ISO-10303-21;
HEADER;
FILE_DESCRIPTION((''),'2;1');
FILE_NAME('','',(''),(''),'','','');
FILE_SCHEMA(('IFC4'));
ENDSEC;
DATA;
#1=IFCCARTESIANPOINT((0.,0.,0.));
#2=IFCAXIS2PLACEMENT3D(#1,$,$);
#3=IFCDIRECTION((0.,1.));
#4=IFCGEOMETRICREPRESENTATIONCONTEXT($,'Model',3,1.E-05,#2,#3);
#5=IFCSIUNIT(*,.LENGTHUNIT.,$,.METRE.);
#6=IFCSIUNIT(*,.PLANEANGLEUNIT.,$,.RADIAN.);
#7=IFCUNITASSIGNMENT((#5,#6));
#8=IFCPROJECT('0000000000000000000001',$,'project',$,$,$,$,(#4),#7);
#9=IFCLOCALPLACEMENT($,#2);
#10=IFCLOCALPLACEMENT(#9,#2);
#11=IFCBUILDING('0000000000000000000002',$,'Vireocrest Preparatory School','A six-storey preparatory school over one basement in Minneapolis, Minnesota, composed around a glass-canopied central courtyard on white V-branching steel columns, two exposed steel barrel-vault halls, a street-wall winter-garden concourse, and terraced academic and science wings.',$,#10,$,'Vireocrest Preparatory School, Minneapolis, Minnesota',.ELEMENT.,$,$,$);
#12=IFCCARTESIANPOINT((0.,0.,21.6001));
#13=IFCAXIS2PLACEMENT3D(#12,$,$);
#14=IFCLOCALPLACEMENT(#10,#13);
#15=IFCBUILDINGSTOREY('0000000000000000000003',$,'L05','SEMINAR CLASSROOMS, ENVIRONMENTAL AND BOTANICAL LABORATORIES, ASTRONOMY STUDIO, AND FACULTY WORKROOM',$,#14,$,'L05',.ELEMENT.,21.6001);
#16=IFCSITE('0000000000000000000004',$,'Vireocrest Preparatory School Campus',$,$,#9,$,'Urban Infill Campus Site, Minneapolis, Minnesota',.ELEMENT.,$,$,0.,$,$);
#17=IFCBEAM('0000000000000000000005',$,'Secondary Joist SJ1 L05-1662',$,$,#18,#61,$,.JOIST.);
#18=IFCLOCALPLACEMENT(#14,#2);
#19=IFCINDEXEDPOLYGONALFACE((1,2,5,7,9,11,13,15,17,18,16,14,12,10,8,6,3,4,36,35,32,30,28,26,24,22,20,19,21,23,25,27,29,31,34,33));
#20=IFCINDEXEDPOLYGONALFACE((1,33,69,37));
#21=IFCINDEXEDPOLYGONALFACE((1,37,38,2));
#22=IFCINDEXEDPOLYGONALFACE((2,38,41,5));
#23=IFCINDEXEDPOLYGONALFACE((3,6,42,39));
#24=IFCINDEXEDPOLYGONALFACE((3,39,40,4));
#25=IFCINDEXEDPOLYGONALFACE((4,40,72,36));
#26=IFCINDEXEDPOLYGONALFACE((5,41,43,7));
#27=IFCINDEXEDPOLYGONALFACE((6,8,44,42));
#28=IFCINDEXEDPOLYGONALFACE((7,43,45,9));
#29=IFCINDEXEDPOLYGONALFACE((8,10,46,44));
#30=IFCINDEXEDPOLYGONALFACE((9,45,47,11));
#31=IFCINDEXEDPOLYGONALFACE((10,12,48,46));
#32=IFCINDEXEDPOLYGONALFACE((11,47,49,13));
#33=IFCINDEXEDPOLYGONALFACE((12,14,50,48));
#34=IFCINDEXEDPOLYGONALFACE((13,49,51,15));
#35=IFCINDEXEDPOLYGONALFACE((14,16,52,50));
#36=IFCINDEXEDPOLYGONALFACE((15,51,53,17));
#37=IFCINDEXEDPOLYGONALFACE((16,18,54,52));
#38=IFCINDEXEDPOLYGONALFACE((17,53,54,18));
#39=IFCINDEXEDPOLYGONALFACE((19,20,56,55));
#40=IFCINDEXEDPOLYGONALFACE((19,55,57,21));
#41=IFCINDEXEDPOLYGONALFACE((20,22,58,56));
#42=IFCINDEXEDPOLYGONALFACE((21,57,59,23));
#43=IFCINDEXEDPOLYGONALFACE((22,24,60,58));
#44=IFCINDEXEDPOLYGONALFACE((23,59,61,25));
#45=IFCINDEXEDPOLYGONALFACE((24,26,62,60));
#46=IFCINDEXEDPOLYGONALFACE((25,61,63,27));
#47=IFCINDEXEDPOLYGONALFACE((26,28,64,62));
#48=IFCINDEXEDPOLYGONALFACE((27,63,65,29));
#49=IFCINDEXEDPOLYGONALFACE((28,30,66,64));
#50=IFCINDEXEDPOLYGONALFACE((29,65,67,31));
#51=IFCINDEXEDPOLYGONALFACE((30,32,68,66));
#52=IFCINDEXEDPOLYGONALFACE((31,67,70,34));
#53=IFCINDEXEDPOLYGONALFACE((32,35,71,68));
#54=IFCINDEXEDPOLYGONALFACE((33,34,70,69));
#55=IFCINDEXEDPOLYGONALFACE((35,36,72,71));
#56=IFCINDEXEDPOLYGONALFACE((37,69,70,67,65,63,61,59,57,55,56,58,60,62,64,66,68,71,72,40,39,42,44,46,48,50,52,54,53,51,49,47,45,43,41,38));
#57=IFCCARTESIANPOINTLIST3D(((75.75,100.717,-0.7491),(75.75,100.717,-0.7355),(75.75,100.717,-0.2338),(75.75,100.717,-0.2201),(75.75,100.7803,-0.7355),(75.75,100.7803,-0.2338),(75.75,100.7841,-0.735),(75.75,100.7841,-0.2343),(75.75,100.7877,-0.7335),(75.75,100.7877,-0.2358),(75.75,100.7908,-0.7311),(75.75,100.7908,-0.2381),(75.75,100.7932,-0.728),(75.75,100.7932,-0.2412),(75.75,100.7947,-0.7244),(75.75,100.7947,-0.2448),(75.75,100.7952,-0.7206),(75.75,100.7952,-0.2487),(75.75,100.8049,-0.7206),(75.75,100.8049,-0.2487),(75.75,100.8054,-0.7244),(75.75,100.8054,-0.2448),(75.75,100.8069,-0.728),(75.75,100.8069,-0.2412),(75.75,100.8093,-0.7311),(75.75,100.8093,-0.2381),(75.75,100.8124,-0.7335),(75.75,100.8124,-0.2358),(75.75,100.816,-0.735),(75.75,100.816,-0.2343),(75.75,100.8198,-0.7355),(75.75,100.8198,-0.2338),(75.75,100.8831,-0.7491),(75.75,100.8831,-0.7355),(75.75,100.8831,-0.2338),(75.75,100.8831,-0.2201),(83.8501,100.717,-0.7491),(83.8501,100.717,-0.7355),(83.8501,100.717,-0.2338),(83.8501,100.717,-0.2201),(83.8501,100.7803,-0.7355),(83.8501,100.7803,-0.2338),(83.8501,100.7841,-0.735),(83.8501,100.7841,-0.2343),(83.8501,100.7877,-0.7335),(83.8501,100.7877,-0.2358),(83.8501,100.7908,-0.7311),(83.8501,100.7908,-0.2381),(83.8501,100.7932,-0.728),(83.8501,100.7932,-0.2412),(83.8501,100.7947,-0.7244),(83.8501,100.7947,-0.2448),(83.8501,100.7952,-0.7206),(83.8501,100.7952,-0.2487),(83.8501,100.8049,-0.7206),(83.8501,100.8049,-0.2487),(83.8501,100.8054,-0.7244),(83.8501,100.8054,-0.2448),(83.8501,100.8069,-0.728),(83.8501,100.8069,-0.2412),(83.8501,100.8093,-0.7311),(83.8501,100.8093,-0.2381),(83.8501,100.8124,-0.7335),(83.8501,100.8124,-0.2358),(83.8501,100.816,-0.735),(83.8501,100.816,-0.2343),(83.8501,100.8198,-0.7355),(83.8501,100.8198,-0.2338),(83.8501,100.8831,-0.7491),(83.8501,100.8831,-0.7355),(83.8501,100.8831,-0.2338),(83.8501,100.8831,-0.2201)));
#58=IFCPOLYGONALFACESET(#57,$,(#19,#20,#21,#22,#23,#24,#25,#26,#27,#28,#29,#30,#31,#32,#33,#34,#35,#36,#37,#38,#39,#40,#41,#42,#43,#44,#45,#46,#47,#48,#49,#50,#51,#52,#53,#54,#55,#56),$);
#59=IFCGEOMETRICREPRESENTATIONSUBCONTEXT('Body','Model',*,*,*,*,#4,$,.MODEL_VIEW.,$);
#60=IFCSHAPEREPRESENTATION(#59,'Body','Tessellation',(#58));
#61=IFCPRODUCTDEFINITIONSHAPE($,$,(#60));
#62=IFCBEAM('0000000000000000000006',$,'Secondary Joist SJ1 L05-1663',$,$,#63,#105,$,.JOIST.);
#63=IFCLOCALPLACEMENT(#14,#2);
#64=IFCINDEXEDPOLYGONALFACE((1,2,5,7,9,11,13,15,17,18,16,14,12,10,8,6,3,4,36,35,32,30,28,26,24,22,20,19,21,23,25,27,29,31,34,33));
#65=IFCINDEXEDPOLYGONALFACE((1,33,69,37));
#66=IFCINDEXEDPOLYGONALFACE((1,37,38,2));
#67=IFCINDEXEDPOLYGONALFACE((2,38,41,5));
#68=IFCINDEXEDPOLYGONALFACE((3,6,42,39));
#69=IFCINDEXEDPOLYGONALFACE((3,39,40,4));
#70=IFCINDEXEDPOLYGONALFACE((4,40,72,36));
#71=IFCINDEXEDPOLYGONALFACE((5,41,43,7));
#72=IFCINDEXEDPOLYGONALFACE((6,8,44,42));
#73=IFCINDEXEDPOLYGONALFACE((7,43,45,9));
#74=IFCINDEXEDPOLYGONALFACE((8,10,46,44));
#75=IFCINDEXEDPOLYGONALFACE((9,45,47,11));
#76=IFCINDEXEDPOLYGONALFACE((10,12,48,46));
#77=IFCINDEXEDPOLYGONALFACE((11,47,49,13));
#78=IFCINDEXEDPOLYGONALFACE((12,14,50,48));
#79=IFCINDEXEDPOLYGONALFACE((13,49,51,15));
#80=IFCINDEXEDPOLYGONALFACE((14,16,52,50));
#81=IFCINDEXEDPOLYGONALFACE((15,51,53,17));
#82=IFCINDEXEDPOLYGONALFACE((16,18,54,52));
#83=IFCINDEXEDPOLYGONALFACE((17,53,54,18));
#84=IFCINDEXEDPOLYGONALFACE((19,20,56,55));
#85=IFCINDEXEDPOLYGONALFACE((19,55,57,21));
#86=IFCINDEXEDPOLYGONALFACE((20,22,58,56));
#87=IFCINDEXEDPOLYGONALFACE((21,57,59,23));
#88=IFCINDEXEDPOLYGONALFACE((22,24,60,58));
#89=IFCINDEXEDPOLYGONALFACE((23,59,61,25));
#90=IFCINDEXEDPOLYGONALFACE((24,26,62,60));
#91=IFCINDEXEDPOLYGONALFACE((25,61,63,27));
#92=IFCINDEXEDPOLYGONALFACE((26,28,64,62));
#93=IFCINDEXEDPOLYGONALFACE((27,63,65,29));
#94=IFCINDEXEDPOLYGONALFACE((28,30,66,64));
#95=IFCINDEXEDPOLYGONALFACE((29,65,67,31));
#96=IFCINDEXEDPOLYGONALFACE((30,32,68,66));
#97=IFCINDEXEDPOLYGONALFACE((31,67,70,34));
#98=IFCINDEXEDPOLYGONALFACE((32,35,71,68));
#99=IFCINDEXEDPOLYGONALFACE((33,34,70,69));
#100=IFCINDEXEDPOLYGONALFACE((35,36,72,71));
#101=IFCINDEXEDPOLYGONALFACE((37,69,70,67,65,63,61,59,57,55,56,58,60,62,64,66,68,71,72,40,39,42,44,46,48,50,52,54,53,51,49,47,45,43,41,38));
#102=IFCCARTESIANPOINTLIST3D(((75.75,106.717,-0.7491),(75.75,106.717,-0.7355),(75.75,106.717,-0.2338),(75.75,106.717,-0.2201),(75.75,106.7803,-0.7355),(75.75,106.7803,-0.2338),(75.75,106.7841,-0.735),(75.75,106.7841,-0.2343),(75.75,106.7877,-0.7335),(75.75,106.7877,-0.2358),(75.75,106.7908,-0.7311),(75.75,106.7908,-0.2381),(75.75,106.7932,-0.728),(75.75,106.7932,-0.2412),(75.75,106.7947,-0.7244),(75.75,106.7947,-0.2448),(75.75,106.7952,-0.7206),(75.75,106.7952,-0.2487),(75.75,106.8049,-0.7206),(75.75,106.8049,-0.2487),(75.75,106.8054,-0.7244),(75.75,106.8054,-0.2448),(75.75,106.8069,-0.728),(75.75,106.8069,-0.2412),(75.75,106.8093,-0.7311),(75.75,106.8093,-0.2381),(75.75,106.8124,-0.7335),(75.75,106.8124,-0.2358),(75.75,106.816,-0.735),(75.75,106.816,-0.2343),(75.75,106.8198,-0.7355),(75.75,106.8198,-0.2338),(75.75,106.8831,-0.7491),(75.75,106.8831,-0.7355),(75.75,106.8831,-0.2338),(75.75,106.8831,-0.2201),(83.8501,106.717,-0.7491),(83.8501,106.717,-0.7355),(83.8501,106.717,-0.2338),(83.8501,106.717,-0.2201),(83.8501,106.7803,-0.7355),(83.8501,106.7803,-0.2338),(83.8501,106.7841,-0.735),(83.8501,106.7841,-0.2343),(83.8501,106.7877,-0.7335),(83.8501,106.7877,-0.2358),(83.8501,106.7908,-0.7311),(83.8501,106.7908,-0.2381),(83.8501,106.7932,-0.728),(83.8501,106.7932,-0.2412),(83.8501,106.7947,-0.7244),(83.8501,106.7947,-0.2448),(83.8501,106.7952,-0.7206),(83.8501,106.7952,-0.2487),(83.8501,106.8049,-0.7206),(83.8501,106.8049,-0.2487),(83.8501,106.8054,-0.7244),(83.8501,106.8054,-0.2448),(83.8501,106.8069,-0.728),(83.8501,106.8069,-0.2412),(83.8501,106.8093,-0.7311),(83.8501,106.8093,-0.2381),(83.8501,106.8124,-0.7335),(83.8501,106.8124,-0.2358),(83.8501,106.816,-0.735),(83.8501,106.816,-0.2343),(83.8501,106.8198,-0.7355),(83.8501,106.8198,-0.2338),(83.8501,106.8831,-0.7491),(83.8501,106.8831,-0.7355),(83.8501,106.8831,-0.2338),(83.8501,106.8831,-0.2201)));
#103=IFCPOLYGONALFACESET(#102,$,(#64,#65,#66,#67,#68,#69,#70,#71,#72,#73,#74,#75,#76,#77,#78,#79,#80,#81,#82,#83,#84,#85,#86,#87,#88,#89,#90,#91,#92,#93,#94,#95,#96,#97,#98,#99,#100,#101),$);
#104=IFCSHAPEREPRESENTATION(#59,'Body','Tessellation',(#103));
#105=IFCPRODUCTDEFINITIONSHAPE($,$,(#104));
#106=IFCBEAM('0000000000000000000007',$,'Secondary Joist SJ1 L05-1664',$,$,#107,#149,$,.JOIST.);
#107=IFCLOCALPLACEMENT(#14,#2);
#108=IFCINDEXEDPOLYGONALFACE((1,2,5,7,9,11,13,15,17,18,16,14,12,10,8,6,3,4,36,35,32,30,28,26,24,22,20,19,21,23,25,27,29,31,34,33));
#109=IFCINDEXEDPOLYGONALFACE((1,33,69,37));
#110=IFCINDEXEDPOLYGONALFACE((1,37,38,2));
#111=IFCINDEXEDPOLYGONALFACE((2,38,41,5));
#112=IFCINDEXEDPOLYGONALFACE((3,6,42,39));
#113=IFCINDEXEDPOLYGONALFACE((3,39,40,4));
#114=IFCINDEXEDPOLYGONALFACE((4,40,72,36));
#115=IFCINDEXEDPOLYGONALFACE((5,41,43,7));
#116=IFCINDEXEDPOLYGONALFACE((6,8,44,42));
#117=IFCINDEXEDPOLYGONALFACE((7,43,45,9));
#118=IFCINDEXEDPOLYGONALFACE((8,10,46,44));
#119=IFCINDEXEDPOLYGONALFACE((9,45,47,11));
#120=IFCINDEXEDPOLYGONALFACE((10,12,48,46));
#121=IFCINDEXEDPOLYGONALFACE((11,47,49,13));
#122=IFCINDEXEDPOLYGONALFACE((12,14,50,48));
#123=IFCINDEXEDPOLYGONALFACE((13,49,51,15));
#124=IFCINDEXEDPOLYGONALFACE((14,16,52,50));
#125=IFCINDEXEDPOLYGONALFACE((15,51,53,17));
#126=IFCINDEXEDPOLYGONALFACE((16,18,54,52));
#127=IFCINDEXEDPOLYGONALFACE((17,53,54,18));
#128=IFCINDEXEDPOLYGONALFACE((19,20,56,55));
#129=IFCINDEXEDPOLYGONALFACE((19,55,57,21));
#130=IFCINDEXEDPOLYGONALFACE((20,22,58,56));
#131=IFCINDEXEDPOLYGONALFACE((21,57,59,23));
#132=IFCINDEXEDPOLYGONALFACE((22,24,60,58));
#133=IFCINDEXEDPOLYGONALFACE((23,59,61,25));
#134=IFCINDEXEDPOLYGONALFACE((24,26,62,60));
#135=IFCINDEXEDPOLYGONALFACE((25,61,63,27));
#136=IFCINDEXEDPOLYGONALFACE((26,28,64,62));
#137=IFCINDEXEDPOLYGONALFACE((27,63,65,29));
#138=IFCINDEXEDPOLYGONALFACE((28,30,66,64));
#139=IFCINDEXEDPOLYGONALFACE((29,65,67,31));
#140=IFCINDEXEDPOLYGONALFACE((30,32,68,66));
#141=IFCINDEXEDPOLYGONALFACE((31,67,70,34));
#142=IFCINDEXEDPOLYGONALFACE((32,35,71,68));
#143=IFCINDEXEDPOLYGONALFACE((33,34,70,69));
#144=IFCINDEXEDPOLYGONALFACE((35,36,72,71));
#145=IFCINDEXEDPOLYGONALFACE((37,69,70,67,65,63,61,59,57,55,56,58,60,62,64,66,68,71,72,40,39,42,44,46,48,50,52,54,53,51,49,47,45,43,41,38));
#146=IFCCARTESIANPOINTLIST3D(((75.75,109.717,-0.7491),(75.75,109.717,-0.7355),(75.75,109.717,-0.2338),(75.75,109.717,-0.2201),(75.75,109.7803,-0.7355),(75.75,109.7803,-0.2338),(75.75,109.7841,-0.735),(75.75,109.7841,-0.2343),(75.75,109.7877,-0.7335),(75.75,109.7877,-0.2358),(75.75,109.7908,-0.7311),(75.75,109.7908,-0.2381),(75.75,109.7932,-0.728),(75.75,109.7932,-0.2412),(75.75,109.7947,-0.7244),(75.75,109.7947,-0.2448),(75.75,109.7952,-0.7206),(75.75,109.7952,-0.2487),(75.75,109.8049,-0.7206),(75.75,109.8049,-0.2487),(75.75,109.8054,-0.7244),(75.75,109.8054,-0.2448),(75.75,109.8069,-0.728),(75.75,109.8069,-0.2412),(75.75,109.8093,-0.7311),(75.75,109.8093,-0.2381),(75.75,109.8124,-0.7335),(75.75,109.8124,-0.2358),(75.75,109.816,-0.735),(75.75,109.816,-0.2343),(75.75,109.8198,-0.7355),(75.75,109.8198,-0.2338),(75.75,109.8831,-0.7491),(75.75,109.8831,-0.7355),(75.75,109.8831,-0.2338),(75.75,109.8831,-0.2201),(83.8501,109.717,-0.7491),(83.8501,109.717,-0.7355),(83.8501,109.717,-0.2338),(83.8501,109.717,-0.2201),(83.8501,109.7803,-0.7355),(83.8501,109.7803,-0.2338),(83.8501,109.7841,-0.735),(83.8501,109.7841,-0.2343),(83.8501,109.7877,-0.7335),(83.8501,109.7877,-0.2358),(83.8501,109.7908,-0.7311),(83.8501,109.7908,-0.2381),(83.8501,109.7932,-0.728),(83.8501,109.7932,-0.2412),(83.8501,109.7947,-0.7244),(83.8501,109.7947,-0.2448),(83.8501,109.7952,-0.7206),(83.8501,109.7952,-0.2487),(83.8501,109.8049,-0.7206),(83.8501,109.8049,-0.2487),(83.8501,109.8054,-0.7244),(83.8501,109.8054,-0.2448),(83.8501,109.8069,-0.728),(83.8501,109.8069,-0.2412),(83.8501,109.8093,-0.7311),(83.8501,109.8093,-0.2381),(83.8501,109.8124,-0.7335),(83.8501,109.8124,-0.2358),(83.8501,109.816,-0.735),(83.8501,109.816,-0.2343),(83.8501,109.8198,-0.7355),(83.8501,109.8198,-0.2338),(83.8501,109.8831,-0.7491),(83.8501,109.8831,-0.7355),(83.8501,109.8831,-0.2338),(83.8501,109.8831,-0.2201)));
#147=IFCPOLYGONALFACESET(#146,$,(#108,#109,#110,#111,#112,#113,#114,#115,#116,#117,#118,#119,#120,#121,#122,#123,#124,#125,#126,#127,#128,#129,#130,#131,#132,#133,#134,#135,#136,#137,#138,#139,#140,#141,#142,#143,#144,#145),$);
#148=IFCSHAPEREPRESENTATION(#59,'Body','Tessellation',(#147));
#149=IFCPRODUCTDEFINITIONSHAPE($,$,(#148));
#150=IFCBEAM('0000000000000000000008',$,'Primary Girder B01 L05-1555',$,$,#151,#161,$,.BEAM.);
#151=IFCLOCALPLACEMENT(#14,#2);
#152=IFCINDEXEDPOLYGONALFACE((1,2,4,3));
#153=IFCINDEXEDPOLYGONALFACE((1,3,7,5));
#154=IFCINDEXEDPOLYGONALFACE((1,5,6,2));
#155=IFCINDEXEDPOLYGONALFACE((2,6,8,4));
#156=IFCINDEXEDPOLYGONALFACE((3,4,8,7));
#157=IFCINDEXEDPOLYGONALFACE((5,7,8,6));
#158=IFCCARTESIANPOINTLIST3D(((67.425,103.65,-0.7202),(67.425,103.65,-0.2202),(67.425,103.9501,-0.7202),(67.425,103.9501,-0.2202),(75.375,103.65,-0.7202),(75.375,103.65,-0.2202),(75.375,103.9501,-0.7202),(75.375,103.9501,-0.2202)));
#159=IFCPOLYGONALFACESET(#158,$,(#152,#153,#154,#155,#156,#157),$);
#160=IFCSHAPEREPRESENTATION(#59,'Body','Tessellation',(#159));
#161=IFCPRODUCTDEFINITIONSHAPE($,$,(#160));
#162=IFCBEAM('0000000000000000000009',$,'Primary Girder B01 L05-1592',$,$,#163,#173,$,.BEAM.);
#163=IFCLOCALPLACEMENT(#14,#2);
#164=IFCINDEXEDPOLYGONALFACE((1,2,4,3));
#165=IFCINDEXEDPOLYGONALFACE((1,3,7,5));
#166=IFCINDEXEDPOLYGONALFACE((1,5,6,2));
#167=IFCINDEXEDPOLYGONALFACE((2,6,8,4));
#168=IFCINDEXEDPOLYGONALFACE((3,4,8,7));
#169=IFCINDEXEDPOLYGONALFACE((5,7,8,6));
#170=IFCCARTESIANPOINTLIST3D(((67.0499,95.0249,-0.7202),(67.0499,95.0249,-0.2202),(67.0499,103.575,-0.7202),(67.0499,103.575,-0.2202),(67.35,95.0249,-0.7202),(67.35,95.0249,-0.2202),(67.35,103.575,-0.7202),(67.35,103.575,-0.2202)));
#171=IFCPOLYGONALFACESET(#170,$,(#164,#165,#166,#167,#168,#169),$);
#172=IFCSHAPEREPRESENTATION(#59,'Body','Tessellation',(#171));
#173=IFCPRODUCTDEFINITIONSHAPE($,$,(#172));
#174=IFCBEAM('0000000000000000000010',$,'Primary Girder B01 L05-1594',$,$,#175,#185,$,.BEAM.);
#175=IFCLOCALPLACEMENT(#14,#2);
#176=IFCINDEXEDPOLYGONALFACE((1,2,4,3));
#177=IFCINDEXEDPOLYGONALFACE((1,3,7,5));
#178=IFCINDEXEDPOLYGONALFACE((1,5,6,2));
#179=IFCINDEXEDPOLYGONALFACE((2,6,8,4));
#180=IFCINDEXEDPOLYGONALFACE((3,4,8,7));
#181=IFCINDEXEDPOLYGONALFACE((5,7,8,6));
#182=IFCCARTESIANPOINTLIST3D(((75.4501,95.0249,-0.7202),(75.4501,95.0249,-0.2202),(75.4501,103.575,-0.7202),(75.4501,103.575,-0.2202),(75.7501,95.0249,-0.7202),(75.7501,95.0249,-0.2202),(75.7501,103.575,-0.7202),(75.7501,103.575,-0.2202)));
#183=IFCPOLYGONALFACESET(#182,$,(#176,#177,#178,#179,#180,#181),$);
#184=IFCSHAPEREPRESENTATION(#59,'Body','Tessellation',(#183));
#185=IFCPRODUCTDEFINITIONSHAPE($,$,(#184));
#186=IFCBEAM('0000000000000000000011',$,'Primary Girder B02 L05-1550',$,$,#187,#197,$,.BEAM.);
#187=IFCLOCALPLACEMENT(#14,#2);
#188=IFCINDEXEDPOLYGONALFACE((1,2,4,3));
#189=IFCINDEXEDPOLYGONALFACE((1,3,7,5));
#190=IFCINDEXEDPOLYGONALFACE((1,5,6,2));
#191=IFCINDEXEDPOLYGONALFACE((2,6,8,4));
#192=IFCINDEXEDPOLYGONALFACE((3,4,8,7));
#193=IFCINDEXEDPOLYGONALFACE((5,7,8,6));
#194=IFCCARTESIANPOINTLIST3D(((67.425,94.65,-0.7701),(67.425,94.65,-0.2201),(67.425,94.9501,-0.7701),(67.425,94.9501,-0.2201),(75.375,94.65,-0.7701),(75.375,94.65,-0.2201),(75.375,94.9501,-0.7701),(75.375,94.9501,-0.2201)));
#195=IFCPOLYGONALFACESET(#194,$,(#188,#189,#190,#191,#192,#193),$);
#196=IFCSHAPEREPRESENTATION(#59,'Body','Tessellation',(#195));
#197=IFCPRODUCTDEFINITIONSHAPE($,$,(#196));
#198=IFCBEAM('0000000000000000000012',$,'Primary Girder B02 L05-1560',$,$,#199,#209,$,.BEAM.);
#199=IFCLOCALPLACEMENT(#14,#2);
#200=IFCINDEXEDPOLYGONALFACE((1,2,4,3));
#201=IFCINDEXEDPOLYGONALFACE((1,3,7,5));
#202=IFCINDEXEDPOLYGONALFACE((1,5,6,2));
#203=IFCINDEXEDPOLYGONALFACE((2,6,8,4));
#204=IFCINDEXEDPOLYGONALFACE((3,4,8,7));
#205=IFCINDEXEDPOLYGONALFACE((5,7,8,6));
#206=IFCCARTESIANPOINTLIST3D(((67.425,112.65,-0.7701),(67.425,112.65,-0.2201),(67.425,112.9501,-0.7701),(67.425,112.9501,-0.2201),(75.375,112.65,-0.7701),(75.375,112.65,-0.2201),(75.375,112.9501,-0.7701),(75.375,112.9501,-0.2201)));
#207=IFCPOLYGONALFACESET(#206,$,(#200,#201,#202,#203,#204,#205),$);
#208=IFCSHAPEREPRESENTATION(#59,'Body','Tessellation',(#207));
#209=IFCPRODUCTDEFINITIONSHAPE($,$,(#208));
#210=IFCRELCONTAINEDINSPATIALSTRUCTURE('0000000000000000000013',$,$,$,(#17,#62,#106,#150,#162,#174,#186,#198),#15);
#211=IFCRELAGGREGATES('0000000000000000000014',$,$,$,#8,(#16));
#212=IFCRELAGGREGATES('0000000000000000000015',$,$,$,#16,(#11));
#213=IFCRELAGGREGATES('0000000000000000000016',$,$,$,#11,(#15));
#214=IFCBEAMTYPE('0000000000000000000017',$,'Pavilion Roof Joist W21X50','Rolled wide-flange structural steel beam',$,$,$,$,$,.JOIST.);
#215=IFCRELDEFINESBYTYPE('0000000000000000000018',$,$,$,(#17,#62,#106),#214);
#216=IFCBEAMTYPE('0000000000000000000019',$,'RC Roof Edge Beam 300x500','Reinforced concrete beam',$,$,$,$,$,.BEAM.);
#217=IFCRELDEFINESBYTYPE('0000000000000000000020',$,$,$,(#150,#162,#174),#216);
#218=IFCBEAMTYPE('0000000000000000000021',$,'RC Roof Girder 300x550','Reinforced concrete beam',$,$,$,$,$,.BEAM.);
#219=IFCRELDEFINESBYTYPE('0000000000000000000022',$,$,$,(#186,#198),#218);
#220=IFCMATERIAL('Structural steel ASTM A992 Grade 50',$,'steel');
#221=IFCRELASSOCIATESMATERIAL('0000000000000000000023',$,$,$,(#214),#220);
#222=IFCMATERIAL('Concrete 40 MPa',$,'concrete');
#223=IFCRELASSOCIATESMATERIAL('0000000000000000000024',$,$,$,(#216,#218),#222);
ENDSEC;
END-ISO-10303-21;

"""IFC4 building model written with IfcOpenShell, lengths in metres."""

from ifc_helpers import new_model, si_unit, direction, frame, origin, origin_2d, place, context, subcontext, project, spatial, rectangle, i_section, extrude, material, material_profile, profile_set, type_object, element, save


model = new_model("IFC4")

# Units and contexts
model_context = context("Model", 3, precision=1e-05, world=origin(), true_north=direction((0.0, 1.0)))
body_context = subcontext(model_context, "Body", "Model", "MODEL_VIEW")
ifc_project = project(units=[si_unit("LENGTHUNIT", "METRE"), si_unit("PLANEANGLEUNIT", "RADIAN")], contexts=[model_context])

# Site, building, storey
site_placement = place(None, origin())
site = spatial("IfcSite", under=ifc_project, at=site_placement, Name="Vireocrest Preparatory School Campus", LongName="Urban Infill Campus Site, Minneapolis, Minnesota", CompositionType="ELEMENT", RefElevation=0.0)
building_placement = place(site_placement, origin())
building = spatial("IfcBuilding", under=site, at=building_placement, Name="Vireocrest Preparatory School", Description="A six-storey preparatory school over one basement in Minneapolis, Minnesota, composed around a glass-canopied central courtyard on white V-branching steel columns, two exposed steel barrel-vault halls, a street-wall winter-garden concourse, and terraced academic and science wings.", LongName="Vireocrest Preparatory School, Minneapolis, Minnesota", CompositionType="ELEMENT")
storey_placement = place(building_placement, frame((0.0, 0.0, 21.6001)))
storey = spatial("IfcBuildingStorey", under=building, at=storey_placement, Name="L05", Description="SEMINAR CLASSROOMS, ENVIRONMENTAL AND BOTANICAL LABORATORIES, ASTRONOMY STUDIO, AND FACULTY WORKROOM", LongName="L05", CompositionType="ELEMENT", Elevation=21.6001)

# Beams
ifc_material_1 = material(Name="Structural steel ASTM A992 Grade 50", Category="steel")
ifc_material_profile_1 = material_profile(ifc_material_1, i_section(OverallWidth=0.166, OverallDepth=0.5291, WebThickness=0.0098, FlangeThickness=0.0137, FilletRadius=0.0149, at=origin_2d()), Name="W21X50")
ifc_profile_set_1 = profile_set([ifc_material_profile_1], Name="Structural steel ASTM A992 Grade 50")
beam_type_1 = type_object("IfcBeamType", Name="Pavilion Roof Joist W21X50", Description="Rolled wide-flange structural steel beam", PredefinedType="JOIST", material=ifc_profile_set_1)
for number, where, z_axis, x_axis, name in (
    (1, (75.75, 100.8, -0.4846), (1.0, 0.0, 0.0), (0.0, 1.0, 0.0), "Secondary Joist SJ1 L05-1662"),
    (2, (75.75, 106.8, -0.4846), (1.0, 0.0, 0.0), (0.0, 1.0, 0.0), "Secondary Joist SJ1 L05-1663"),
    (3, (75.75, 109.8, -0.4846), (1.0, 0.0, 0.0), (0.0, 1.0, 0.0), "Secondary Joist SJ1 L05-1664"),
):
    element("IfcBeam", number, at=place(storey_placement, frame(where, z_axis=z_axis, x_axis=x_axis)), inside=storey, type_object=beam_type_1, Name=name, PredefinedType="JOIST", context=body_context, shape_type="SweptSolid", body=[
        extrude(i_section(OverallWidth=0.166, OverallDepth=0.5291, WebThickness=0.0098, FlangeThickness=0.0137, FilletRadius=0.0149, at=origin_2d()), origin(), (0.0, 0.0, 1.0), 8.1001),
    ])
ifc_material_2 = material(Name="Concrete 40 MPa", Category="concrete")
ifc_material_profile_2 = material_profile(ifc_material_2, rectangle(XDim=0.3, YDim=0.5, at=origin_2d()), Name="RC 300x500")
ifc_profile_set_2 = profile_set([ifc_material_profile_2], Name="Concrete 40 MPa")
beam_type_2 = type_object("IfcBeamType", Name="RC Roof Edge Beam 300x500", Description="Reinforced concrete beam", PredefinedType="BEAM", material=ifc_profile_set_2)
beam_1_placement = place(storey_placement, frame((67.425, 103.8, -0.4702), z_axis=(1.0, 0.0, 0.0), x_axis=(0.0, 1.0, 0.0)))
element("IfcBeam", 4, at=beam_1_placement, inside=storey, type_object=beam_type_2, Name="Primary Girder B01 L05-1555", PredefinedType="BEAM", context=body_context, shape_type="SweptSolid", body=[
    extrude(rectangle(XDim=0.3, YDim=0.5, at=origin_2d()), origin(), (0.0, 0.0, 1.0), 7.95),
])
for number, where, z_axis, x_axis, name in (
    (5, (67.2, 95.0249, -0.4702), (0.0, 1.0, 0.0), (-1.0, 0.0, 0.0), "Primary Girder B01 L05-1592"),
    (6, (75.6001, 95.0249, -0.4702), (0.0, 1.0, 0.0), (-1.0, 0.0, 0.0), "Primary Girder B01 L05-1594"),
):
    element("IfcBeam", number, at=place(storey_placement, frame(where, z_axis=z_axis, x_axis=x_axis)), inside=storey, type_object=beam_type_2, Name=name, PredefinedType="BEAM", context=body_context, shape_type="SweptSolid", body=[
        extrude(rectangle(XDim=0.3, YDim=0.5, at=origin_2d()), origin(), (0.0, 0.0, 1.0), 8.55),
    ])
ifc_material_profile_3 = material_profile(ifc_material_2, rectangle(XDim=0.3, YDim=0.55, at=origin_2d()), Name="RC 300x550")
ifc_profile_set_3 = profile_set([ifc_material_profile_3], Name="Concrete 40 MPa")
beam_type_3 = type_object("IfcBeamType", Name="RC Roof Girder 300x550", Description="Reinforced concrete beam", PredefinedType="BEAM", material=ifc_profile_set_3)
for number, where, z_axis, x_axis, name in (
    (7, (67.425, 94.8, -0.4951), (1.0, 0.0, 0.0), (0.0, 1.0, 0.0), "Primary Girder B02 L05-1550"),
    (8, (67.425, 112.8, -0.4951), (1.0, 0.0, 0.0), (0.0, 1.0, 0.0), "Primary Girder B02 L05-1560"),
):
    element("IfcBeam", number, at=place(storey_placement, frame(where, z_axis=z_axis, x_axis=x_axis)), inside=storey, type_object=beam_type_3, Name=name, PredefinedType="BEAM", context=body_context, shape_type="SweptSolid", body=[
        extrude(rectangle(XDim=0.3, YDim=0.55, at=origin_2d()), origin(), (0.0, 0.0, 1.0), 7.95),
    ])

save(model, "model.ifc")
